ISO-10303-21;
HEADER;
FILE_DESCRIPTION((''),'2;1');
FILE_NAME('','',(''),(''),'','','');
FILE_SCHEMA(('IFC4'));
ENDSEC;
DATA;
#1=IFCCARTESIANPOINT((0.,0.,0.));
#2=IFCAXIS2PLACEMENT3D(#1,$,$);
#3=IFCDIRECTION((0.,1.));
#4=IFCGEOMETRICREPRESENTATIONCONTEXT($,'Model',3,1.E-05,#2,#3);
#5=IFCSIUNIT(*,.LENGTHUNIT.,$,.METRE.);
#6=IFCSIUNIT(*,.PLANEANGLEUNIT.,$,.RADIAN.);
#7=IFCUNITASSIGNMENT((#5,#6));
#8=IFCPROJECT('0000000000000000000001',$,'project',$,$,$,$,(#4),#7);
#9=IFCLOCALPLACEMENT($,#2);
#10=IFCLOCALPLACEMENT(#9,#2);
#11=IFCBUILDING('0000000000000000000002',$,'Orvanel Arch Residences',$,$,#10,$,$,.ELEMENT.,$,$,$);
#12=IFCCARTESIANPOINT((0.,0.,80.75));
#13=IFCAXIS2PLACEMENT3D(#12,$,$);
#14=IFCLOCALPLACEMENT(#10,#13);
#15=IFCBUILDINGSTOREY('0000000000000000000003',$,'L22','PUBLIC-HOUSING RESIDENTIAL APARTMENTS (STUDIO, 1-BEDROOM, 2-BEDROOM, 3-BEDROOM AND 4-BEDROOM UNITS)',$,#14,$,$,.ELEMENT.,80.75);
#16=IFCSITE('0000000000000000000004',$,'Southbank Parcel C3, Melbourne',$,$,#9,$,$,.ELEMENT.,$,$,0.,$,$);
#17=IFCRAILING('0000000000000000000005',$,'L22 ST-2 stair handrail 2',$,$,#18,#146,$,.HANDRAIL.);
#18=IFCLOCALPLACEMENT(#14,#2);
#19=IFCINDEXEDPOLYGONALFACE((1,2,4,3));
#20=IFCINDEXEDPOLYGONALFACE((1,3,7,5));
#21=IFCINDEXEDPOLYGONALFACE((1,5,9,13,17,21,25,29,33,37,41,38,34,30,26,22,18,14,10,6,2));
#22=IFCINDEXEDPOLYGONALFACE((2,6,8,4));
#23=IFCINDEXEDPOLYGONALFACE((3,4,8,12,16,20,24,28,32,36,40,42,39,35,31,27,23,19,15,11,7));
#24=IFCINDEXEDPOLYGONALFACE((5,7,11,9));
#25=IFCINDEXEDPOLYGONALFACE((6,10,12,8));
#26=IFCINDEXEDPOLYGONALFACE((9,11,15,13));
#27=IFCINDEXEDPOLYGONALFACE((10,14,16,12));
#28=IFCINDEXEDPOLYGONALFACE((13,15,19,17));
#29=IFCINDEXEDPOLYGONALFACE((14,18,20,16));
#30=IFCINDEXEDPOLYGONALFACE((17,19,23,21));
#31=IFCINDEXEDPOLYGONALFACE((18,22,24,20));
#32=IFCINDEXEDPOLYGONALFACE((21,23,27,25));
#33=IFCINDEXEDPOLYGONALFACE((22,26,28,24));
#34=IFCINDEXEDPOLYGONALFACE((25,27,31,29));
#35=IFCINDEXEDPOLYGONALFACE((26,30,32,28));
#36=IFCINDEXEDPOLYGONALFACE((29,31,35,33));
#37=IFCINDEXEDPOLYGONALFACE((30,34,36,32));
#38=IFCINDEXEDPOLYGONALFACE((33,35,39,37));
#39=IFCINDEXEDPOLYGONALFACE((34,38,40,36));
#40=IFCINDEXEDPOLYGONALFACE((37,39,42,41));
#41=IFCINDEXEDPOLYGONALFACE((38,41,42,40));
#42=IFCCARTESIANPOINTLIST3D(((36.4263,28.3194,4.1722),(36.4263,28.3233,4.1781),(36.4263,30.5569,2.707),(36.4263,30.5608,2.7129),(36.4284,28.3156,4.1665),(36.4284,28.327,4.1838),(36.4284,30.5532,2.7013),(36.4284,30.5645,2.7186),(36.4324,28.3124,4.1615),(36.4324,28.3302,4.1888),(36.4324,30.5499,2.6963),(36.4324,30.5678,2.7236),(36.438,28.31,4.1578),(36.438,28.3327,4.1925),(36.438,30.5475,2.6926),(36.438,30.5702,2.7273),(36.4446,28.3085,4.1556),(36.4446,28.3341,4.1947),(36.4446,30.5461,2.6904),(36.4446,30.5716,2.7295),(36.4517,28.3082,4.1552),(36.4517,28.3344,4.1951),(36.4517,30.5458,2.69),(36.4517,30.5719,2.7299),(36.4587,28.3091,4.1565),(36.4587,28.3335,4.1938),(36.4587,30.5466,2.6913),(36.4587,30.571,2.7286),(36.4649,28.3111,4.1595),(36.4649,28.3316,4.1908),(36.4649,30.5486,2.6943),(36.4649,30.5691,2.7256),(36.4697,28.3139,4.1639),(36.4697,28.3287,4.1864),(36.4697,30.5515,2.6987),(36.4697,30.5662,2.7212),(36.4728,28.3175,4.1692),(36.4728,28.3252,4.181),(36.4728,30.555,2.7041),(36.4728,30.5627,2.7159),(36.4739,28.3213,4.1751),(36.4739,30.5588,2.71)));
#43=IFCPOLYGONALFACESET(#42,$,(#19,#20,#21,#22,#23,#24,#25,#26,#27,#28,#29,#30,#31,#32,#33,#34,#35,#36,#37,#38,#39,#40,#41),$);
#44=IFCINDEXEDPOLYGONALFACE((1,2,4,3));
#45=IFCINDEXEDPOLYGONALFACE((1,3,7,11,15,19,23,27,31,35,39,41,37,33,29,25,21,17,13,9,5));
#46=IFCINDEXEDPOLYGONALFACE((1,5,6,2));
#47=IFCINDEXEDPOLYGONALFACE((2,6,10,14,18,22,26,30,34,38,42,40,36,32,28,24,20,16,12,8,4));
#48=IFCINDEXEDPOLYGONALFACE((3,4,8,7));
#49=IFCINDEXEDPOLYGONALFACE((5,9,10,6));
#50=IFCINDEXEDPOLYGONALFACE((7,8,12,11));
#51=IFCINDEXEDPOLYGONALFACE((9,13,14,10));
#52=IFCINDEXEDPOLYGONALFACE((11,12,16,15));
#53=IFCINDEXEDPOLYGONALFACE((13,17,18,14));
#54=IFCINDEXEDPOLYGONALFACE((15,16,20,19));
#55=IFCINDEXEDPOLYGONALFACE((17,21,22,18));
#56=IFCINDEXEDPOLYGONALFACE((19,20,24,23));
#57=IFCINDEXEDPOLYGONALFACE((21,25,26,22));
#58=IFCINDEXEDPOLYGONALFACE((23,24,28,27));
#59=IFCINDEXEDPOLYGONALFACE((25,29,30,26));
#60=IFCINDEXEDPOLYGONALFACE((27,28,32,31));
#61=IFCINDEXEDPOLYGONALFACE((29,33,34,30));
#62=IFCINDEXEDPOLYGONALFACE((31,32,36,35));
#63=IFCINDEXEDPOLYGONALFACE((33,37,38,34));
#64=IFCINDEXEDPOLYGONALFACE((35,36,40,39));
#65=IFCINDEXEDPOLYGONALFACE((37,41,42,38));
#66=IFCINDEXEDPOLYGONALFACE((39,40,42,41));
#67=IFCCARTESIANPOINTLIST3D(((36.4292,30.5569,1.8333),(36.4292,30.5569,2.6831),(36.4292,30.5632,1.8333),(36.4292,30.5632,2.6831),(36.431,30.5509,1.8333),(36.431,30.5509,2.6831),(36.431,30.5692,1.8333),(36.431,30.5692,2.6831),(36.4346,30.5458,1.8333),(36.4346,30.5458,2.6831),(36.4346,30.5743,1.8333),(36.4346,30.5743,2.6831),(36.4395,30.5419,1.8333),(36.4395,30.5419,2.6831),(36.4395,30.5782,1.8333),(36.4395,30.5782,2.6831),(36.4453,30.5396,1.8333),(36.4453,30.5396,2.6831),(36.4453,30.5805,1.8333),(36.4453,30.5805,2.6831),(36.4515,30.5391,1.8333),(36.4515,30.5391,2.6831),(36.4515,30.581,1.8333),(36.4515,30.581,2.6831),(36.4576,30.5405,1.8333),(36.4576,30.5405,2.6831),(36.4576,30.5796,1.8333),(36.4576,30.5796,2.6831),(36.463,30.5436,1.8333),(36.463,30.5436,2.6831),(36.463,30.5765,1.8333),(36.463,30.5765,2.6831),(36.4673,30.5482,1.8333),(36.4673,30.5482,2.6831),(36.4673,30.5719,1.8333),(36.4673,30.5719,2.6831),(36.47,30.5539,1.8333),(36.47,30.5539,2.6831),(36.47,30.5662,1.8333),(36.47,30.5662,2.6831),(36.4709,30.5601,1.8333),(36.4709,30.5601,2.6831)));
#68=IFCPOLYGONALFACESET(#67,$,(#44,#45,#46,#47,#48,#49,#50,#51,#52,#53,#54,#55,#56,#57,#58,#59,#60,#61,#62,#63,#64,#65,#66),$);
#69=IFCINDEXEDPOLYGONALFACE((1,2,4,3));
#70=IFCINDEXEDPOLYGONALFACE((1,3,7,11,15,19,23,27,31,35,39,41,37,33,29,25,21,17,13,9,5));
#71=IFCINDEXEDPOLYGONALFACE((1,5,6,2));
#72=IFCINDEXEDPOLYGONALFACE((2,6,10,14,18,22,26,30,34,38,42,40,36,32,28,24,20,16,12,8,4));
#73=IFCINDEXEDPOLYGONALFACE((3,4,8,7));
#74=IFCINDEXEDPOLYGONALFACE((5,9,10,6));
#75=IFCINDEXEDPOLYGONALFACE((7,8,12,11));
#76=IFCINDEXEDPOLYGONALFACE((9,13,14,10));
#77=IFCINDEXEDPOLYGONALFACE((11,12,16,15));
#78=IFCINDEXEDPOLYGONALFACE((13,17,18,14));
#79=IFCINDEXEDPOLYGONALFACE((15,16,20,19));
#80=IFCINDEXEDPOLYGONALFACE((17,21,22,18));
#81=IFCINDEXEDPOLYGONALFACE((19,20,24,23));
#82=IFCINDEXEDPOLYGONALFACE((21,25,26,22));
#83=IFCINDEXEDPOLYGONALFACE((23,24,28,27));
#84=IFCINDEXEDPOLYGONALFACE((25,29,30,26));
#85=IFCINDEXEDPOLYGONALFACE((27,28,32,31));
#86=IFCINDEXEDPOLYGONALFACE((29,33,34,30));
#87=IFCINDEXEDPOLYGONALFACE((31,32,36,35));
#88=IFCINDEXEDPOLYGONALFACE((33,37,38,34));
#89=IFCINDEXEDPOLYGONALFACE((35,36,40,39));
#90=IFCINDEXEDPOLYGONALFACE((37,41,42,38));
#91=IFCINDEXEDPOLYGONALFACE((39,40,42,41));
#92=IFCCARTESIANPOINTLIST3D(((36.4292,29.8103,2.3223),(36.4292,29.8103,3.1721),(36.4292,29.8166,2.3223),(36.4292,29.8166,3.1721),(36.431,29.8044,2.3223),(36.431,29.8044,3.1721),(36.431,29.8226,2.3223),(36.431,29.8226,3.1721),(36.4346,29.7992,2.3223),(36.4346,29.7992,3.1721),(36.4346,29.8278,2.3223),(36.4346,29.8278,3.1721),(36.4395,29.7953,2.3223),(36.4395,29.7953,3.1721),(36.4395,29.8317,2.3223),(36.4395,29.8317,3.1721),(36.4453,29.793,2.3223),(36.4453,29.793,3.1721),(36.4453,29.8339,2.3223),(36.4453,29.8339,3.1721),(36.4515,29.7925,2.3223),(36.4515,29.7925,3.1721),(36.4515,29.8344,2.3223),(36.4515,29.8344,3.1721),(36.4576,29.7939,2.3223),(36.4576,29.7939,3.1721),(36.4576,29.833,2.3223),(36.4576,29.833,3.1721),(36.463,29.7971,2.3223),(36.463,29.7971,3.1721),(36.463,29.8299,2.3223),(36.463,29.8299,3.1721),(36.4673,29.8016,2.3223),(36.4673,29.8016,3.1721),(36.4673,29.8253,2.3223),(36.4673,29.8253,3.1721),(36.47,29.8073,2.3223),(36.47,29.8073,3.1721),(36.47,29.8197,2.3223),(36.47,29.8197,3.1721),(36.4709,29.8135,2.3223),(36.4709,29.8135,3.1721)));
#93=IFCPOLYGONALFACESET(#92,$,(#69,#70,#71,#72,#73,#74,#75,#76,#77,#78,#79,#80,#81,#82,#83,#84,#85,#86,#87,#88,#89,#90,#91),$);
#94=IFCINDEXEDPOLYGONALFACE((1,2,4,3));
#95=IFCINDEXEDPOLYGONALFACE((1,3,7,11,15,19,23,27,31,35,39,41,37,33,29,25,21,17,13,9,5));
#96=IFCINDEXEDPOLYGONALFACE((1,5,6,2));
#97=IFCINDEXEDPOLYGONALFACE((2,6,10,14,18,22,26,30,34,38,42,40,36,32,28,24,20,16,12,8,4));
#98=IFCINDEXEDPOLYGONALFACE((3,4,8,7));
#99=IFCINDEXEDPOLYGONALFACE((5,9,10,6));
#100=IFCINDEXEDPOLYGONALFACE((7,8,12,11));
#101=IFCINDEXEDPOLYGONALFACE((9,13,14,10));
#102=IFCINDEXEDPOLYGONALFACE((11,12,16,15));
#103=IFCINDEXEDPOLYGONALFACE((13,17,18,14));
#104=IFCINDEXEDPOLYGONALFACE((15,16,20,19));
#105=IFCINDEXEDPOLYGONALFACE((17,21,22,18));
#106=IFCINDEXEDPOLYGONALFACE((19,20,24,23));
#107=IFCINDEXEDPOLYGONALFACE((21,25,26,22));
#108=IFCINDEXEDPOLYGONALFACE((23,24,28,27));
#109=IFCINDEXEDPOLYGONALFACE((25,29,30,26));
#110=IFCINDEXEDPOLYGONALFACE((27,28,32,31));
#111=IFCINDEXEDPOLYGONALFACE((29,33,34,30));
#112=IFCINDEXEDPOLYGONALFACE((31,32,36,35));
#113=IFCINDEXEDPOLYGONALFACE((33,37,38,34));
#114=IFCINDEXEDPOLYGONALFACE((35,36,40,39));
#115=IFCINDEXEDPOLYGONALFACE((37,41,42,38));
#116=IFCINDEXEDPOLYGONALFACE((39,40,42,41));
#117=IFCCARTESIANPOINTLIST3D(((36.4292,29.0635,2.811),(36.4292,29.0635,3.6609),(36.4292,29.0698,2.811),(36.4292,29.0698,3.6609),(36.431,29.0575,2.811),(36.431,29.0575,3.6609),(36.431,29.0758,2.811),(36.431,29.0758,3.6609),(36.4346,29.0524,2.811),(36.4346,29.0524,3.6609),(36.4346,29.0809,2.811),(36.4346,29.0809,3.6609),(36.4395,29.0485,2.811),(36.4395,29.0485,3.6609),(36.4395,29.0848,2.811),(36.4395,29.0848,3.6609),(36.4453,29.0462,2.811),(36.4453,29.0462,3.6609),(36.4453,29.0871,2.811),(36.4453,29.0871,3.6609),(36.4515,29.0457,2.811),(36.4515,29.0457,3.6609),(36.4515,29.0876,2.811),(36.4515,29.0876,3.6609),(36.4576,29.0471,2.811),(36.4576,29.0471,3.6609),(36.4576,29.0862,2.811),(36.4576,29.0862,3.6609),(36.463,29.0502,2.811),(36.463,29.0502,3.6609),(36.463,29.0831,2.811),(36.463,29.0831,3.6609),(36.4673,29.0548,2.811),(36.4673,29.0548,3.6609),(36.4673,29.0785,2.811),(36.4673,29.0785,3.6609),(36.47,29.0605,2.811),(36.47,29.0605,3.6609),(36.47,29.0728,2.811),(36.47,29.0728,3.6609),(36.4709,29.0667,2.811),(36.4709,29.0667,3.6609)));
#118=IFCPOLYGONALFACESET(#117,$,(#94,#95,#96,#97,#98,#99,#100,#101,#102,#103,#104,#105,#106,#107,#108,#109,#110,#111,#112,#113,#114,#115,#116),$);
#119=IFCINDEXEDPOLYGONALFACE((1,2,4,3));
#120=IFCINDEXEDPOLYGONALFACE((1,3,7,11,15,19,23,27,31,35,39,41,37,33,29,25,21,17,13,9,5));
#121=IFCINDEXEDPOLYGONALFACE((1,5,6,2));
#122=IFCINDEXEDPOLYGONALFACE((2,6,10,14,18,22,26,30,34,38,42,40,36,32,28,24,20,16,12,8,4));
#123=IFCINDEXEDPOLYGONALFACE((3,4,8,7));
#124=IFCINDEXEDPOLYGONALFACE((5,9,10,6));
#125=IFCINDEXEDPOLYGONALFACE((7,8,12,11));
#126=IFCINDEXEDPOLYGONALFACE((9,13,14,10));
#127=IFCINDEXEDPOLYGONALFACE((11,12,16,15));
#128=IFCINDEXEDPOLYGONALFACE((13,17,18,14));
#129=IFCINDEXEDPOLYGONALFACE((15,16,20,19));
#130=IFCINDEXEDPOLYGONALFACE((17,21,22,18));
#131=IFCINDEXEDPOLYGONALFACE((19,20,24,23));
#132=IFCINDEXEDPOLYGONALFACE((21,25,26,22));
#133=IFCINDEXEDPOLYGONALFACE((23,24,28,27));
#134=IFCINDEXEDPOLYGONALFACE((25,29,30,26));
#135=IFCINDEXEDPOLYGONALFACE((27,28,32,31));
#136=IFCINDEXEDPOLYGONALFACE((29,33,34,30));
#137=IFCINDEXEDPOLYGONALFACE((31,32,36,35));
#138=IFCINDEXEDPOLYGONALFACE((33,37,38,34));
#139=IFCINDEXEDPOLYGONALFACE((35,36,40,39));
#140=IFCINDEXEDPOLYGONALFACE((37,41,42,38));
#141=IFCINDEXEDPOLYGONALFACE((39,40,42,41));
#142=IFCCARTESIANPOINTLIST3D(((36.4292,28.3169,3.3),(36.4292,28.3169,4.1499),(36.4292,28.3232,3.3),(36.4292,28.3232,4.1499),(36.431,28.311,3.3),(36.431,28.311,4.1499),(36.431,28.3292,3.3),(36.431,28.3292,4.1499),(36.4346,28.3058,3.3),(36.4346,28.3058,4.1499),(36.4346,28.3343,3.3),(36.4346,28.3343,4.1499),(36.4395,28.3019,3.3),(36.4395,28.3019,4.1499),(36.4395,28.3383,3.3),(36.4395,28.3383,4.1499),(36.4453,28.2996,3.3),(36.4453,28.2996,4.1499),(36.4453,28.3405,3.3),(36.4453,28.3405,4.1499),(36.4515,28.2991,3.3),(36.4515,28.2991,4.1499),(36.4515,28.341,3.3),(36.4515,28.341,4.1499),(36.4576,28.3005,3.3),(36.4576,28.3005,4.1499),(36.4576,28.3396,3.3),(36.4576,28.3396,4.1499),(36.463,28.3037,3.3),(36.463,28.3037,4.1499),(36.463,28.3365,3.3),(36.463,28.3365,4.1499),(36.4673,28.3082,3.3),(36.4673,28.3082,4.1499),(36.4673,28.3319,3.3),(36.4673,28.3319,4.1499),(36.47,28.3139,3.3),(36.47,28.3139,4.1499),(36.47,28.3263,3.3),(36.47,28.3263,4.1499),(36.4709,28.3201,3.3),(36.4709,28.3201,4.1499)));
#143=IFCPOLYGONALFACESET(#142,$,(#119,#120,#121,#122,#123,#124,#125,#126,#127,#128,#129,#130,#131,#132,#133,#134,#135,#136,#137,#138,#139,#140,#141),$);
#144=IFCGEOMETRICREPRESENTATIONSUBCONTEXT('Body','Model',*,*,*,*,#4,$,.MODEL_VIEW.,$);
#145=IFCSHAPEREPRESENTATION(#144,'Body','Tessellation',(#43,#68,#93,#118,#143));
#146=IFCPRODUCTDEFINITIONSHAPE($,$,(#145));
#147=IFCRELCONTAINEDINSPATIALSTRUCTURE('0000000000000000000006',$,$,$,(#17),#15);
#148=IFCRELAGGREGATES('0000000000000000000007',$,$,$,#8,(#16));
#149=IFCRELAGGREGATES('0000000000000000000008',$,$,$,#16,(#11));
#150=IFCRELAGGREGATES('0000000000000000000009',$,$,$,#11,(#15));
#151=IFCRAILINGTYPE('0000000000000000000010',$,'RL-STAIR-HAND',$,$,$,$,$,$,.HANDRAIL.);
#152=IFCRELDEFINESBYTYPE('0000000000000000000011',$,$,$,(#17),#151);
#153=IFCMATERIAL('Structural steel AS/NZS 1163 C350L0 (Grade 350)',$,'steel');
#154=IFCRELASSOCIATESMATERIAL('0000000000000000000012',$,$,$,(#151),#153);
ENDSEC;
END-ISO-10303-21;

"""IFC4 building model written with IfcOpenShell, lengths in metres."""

from ifc_helpers import new_model, si_unit, direction, frame, origin, origin_2d, place, context, subcontext, project, spatial, circle, extrude, material, type_object, element, save


model = new_model("IFC4")

# Units and contexts
model_context = context("Model", 3, precision=1e-05, world=origin(), true_north=direction((0.0, 1.0)))
body_context = subcontext(model_context, "Body", "Model", "MODEL_VIEW")
ifc_project = project(units=[si_unit("LENGTHUNIT", "METRE"), si_unit("PLANEANGLEUNIT", "RADIAN")], contexts=[model_context])

# Site, building, storey
site_placement = place(None, origin())
site = spatial("IfcSite", under=ifc_project, at=site_placement, Name="Southbank Parcel C3, Melbourne", CompositionType="ELEMENT", RefElevation=0.0)
building_placement = place(site_placement, origin())
building = spatial("IfcBuilding", under=site, at=building_placement, Name="Orvanel Arch Residences", CompositionType="ELEMENT")
storey_placement = place(building_placement, frame((0.0, 0.0, 80.75)))
storey = spatial("IfcBuildingStorey", under=building, at=storey_placement, Name="L22", Description="PUBLIC-HOUSING RESIDENTIAL APARTMENTS (STUDIO, 1-BEDROOM, 2-BEDROOM, 3-BEDROOM AND 4-BEDROOM UNITS)", CompositionType="ELEMENT", Elevation=80.75)

# Railing
ifc_material_1 = material(Name="Structural steel AS/NZS 1163 C350L0 (Grade 350)", Category="steel")
railing_type_1 = type_object("IfcRailingType", Name="RL-STAIR-HAND", PredefinedType="HANDRAIL", material=ifc_material_1)
railing_1_placement = place(storey_placement, frame((36.45, 30.5601, 1.8333)))
element("IfcRailing", 1, at=railing_1_placement, inside=storey, type_object=railing_type_1, Name="L22 ST-2 stair handrail 2", PredefinedType="HANDRAIL", context=body_context, shape_type="SweptSolid", body=[
    extrude(circle(Radius=0.0239, at=origin_2d()), frame((0.0, -0.0012, 0.8767), z_axis=(0.0, -0.836595, 0.547822), x_axis=(1.0, 0.0, 0.0)), (0.0, 0.0, 1.0), 2.6746),
    extrude(circle(Radius=0.021, at=origin_2d()), origin(), (0.0, 0.0, 1.0), 0.8499),
    extrude(circle(Radius=0.021, at=origin_2d()), frame((0.0, -0.7466, 0.489)), (0.0, 0.0, 1.0), 0.8499),
    extrude(circle(Radius=0.021, at=origin_2d()), frame((0.0, -1.4934, 0.9778)), (0.0, 0.0, 1.0), 0.8499),
    extrude(circle(Radius=0.021, at=origin_2d()), frame((0.0, -2.24, 1.4668)), (0.0, 0.0, 1.0), 0.8499),
])

save(model, "model.ifc")
